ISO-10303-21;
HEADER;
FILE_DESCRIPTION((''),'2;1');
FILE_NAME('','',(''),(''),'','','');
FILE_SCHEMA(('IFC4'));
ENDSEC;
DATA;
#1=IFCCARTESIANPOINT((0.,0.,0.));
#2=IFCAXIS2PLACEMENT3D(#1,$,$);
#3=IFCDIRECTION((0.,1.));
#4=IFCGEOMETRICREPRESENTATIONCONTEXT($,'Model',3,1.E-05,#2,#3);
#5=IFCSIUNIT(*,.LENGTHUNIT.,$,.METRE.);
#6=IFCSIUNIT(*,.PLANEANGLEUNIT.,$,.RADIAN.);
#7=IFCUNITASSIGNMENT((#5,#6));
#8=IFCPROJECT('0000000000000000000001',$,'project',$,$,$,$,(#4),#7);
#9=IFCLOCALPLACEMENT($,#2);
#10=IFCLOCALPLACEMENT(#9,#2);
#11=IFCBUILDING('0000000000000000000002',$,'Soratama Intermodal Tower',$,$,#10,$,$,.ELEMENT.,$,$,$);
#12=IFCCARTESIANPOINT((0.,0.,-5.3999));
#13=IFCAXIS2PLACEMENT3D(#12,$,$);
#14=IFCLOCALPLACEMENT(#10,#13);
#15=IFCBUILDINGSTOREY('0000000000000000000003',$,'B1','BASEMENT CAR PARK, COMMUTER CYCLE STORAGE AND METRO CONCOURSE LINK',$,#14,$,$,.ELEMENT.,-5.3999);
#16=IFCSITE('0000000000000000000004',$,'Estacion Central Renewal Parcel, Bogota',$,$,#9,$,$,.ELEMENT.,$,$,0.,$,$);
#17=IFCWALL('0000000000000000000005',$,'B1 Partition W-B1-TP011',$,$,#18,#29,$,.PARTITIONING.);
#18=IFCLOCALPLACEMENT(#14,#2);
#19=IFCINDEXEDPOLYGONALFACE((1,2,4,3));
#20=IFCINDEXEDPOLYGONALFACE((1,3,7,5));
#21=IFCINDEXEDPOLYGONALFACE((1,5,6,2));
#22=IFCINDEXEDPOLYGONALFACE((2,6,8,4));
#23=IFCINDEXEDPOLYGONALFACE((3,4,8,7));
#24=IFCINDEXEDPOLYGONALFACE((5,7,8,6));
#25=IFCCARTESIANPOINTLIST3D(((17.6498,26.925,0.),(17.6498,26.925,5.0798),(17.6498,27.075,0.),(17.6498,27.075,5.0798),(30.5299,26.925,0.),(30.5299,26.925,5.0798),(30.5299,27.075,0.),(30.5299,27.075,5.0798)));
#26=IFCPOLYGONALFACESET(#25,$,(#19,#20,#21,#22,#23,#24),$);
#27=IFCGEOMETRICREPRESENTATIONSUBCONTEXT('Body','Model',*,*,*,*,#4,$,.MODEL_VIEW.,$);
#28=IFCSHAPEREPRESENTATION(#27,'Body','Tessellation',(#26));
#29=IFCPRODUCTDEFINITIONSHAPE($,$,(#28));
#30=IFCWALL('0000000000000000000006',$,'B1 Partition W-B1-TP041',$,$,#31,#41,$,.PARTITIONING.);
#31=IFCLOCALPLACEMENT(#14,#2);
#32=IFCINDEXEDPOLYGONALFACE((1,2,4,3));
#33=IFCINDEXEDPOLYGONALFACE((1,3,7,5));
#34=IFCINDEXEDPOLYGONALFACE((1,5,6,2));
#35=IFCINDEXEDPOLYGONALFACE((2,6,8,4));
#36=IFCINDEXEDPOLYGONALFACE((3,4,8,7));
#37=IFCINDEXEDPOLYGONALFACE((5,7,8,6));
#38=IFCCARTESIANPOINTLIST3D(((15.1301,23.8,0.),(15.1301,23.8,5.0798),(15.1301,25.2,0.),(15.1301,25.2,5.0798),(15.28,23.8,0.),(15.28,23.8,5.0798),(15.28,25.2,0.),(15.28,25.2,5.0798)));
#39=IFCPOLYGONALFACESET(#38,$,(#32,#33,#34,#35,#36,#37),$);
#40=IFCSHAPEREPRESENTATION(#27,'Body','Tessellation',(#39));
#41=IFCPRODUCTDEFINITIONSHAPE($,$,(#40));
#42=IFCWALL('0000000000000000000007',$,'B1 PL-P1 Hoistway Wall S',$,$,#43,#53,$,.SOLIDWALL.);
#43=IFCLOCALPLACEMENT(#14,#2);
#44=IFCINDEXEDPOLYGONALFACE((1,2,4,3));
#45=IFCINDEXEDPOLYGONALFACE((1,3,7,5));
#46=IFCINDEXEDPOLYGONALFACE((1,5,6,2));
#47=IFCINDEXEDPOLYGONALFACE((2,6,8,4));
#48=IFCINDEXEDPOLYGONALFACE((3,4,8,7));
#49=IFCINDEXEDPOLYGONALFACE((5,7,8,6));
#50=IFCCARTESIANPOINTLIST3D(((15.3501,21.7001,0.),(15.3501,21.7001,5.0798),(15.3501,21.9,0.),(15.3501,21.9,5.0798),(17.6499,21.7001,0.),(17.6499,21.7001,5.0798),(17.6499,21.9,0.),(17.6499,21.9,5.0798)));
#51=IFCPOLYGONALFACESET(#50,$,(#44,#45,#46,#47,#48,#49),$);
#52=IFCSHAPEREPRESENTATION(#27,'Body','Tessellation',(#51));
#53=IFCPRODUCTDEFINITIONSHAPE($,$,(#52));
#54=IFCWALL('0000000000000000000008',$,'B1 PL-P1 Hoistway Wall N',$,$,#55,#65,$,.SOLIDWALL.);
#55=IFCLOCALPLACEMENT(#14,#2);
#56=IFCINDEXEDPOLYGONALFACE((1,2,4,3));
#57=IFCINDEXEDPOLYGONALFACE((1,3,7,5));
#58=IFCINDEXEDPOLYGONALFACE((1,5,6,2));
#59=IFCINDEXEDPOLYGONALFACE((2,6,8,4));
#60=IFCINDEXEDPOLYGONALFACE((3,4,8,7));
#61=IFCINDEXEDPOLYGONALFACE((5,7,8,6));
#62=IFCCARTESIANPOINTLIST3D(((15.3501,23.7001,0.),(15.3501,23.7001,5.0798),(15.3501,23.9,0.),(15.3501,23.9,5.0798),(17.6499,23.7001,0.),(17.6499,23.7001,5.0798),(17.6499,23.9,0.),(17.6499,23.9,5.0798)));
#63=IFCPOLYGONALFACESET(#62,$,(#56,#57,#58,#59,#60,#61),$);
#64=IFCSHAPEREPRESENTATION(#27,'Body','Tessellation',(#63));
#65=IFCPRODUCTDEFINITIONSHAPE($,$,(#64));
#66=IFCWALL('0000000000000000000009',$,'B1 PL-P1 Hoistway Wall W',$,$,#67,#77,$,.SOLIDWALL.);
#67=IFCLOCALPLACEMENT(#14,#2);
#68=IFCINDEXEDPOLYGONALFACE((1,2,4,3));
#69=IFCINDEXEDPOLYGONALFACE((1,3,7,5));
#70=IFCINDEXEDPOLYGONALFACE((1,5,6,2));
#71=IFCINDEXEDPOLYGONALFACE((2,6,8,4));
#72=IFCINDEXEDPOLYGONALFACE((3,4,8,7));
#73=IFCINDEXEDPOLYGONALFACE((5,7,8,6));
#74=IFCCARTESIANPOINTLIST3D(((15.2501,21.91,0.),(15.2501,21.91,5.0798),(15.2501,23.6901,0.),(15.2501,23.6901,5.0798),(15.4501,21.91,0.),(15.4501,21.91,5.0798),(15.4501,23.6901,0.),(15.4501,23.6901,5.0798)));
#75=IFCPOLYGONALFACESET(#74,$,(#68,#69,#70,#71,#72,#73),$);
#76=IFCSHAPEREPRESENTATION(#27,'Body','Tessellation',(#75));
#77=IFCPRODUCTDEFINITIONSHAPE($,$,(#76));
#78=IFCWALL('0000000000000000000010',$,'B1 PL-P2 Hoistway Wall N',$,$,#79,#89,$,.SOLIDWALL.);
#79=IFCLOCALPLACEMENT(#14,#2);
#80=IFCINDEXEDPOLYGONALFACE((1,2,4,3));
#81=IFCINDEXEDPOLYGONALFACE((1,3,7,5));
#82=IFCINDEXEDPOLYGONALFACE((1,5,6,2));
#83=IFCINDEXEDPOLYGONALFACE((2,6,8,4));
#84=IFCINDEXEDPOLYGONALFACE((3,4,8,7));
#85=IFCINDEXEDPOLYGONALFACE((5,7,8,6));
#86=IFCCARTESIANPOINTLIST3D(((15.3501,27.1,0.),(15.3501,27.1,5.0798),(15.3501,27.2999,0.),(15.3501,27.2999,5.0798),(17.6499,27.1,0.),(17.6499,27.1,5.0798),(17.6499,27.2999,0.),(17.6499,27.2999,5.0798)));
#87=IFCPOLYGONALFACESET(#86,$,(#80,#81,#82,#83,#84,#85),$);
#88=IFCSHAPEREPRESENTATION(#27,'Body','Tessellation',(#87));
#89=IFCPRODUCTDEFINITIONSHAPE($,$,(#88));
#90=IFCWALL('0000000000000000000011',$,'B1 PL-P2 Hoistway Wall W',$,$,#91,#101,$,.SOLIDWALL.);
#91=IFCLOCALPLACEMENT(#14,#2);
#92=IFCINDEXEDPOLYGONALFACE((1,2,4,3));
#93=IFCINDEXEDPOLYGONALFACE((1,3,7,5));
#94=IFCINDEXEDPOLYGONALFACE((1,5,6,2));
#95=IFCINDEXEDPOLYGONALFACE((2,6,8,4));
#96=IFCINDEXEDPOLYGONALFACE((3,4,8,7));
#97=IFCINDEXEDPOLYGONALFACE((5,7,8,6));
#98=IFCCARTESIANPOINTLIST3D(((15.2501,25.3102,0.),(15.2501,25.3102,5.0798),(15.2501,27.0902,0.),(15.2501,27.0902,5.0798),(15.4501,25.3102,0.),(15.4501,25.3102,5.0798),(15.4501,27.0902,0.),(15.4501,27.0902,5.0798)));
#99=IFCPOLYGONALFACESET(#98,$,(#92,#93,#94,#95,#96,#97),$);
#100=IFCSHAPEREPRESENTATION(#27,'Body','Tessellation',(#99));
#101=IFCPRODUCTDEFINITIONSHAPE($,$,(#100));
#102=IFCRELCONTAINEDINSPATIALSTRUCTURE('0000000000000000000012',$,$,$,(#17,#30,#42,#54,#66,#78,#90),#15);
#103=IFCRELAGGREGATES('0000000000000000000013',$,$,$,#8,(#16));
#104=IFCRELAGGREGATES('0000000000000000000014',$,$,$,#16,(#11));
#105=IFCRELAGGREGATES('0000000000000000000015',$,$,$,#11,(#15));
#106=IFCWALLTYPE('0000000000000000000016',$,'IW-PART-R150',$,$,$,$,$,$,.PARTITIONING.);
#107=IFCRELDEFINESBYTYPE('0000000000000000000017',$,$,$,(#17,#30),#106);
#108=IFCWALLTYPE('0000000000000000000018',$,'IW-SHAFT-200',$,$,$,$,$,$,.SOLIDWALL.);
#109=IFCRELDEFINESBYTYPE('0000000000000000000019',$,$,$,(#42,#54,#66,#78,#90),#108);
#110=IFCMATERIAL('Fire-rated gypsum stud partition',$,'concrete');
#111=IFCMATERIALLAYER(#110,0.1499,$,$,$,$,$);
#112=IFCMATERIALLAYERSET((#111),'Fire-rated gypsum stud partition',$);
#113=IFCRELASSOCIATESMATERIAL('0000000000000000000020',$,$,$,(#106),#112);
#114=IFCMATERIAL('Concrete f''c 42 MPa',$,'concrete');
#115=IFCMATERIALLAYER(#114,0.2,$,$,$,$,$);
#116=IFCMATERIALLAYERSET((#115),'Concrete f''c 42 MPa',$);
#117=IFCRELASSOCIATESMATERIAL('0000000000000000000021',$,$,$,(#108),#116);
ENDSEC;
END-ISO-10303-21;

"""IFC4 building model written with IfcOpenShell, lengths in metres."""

from ifc_helpers import new_model, si_unit, direction, frame, frame_2d, origin, place, context, subcontext, project, spatial, rectangle, extrude, material, layer, layer_set, type_object, element, save


model = new_model("IFC4")

# Units and contexts
model_context = context("Model", 3, precision=1e-05, world=origin(), true_north=direction((0.0, 1.0)))
body_context = subcontext(model_context, "Body", "Model", "MODEL_VIEW")
ifc_project = project(units=[si_unit("LENGTHUNIT", "METRE"), si_unit("PLANEANGLEUNIT", "RADIAN")], contexts=[model_context])

# Site, building, storey
site_placement = place(None, origin())
site = spatial("IfcSite", under=ifc_project, at=site_placement, Name="Estacion Central Renewal Parcel, Bogota", CompositionType="ELEMENT", RefElevation=0.0)
building_placement = place(site_placement, origin())
building = spatial("IfcBuilding", under=site, at=building_placement, Name="Soratama Intermodal Tower", CompositionType="ELEMENT")
storey_placement = place(building_placement, frame((0.0, 0.0, -5.3999)))
storey = spatial("IfcBuildingStorey", under=building, at=storey_placement, Name="B1", Description="BASEMENT CAR PARK, COMMUTER CYCLE STORAGE AND METRO CONCOURSE LINK", CompositionType="ELEMENT", Elevation=-5.3999)

# Walls
ifc_material_1 = material(Name="Fire-rated gypsum stud partition", Category="concrete")
ifc_layer_1 = layer(ifc_material_1, 0.1499)
ifc_layer_set_1 = layer_set([ifc_layer_1], Name="Fire-rated gypsum stud partition")
wall_type_1 = type_object("IfcWallType", Name="IW-PART-R150", PredefinedType="PARTITIONING", material=ifc_layer_set_1)
wall_1_placement = place(storey_placement, frame((17.6499, 27.0, 0.0), z_axis=(0.0, 0.0, 1.0), x_axis=(1.0, 0.0, 0.0)))
element("IfcWall", 1, at=wall_1_placement, inside=storey, type_object=wall_type_1, Name="B1 Partition W-B1-TP011", PredefinedType="PARTITIONING", context=body_context, shape_type="SweptSolid", body=[
    extrude(rectangle(XDim=12.8801, YDim=0.1499, at=frame_2d((6.4399, 0.0))), origin(), (0.0, 0.0, 1.0), 5.0798),
])
wall_2_placement = place(storey_placement, frame((15.2051, 23.8, 0.0), z_axis=(0.0, 0.0, 1.0), x_axis=(0.0, 1.0, 0.0)))
element("IfcWall", 2, at=wall_2_placement, inside=storey, type_object=wall_type_1, Name="B1 Partition W-B1-TP041", PredefinedType="PARTITIONING", context=body_context, shape_type="SweptSolid", body=[
    extrude(rectangle(XDim=1.3999, YDim=0.1499, at=frame_2d((0.7, 0.0))), origin(), (0.0, 0.0, 1.0), 5.0798),
])
ifc_material_2 = material(Name="Concrete f'c 42 MPa", Category="concrete")
ifc_layer_2 = layer(ifc_material_2, 0.2)
ifc_layer_set_2 = layer_set([ifc_layer_2], Name="Concrete f'c 42 MPa")
wall_type_2 = type_object("IfcWallType", Name="IW-SHAFT-200", PredefinedType="SOLIDWALL", material=ifc_layer_set_2)
for number, where, z_axis, x_axis, name in (
    (3, (15.3501, 21.8, 0.0), (0.0, 0.0, 1.0), (1.0, 0.0, 0.0), "B1 PL-P1 Hoistway Wall S"),
    (4, (15.3501, 23.8, 0.0), (0.0, 0.0, 1.0), (1.0, 0.0, 0.0), "B1 PL-P1 Hoistway Wall N"),
):
    element("IfcWall", number, at=place(storey_placement, frame(where, z_axis=z_axis, x_axis=x_axis)), inside=storey, type_object=wall_type_2, Name=name, PredefinedType="SOLIDWALL", context=body_context, shape_type="SweptSolid", body=[
        extrude(rectangle(XDim=2.2998, YDim=0.2, at=frame_2d((1.1499, 0.0))), origin(), (0.0, 0.0, 1.0), 5.0798),
    ])
wall_3_placement = place(storey_placement, frame((15.3501, 21.9099, 0.0), z_axis=(0.0, 0.0, 1.0), x_axis=(0.0, 1.0, 0.0)))
element("IfcWall", 5, at=wall_3_placement, inside=storey, type_object=wall_type_2, Name="B1 PL-P1 Hoistway Wall W", PredefinedType="SOLIDWALL", context=body_context, shape_type="SweptSolid", body=[
    extrude(rectangle(XDim=1.78, YDim=0.2, at=frame_2d((0.8901, 0.0))), origin(), (0.0, 0.0, 1.0), 5.0798),
])

# Walls
wall_4_placement = place(storey_placement, frame((15.3501, 27.2, 0.0), z_axis=(0.0, 0.0, 1.0), x_axis=(1.0, 0.0, 0.0)))
element("IfcWall", 6, at=wall_4_placement, inside=storey, type_object=wall_type_2, Name="B1 PL-P2 Hoistway Wall N", PredefinedType="SOLIDWALL", context=body_context, shape_type="SweptSolid", body=[
    extrude(rectangle(XDim=2.2998, YDim=0.2, at=frame_2d((1.1499, 0.0))), origin(), (0.0, 0.0, 1.0), 5.0798),
])
wall_5_placement = place(storey_placement, frame((15.3501, 25.3101, 0.0), z_axis=(0.0, 0.0, 1.0), x_axis=(0.0, 1.0, 0.0)))
element("IfcWall", 7, at=wall_5_placement, inside=storey, type_object=wall_type_2, Name="B1 PL-P2 Hoistway Wall W", PredefinedType="SOLIDWALL", context=body_context, shape_type="SweptSolid", body=[
    extrude(rectangle(XDim=1.78, YDim=0.2, at=frame_2d((0.8901, 0.0))), origin(), (0.0, 0.0, 1.0), 5.0798),
])

save(model, "model.ifc")
